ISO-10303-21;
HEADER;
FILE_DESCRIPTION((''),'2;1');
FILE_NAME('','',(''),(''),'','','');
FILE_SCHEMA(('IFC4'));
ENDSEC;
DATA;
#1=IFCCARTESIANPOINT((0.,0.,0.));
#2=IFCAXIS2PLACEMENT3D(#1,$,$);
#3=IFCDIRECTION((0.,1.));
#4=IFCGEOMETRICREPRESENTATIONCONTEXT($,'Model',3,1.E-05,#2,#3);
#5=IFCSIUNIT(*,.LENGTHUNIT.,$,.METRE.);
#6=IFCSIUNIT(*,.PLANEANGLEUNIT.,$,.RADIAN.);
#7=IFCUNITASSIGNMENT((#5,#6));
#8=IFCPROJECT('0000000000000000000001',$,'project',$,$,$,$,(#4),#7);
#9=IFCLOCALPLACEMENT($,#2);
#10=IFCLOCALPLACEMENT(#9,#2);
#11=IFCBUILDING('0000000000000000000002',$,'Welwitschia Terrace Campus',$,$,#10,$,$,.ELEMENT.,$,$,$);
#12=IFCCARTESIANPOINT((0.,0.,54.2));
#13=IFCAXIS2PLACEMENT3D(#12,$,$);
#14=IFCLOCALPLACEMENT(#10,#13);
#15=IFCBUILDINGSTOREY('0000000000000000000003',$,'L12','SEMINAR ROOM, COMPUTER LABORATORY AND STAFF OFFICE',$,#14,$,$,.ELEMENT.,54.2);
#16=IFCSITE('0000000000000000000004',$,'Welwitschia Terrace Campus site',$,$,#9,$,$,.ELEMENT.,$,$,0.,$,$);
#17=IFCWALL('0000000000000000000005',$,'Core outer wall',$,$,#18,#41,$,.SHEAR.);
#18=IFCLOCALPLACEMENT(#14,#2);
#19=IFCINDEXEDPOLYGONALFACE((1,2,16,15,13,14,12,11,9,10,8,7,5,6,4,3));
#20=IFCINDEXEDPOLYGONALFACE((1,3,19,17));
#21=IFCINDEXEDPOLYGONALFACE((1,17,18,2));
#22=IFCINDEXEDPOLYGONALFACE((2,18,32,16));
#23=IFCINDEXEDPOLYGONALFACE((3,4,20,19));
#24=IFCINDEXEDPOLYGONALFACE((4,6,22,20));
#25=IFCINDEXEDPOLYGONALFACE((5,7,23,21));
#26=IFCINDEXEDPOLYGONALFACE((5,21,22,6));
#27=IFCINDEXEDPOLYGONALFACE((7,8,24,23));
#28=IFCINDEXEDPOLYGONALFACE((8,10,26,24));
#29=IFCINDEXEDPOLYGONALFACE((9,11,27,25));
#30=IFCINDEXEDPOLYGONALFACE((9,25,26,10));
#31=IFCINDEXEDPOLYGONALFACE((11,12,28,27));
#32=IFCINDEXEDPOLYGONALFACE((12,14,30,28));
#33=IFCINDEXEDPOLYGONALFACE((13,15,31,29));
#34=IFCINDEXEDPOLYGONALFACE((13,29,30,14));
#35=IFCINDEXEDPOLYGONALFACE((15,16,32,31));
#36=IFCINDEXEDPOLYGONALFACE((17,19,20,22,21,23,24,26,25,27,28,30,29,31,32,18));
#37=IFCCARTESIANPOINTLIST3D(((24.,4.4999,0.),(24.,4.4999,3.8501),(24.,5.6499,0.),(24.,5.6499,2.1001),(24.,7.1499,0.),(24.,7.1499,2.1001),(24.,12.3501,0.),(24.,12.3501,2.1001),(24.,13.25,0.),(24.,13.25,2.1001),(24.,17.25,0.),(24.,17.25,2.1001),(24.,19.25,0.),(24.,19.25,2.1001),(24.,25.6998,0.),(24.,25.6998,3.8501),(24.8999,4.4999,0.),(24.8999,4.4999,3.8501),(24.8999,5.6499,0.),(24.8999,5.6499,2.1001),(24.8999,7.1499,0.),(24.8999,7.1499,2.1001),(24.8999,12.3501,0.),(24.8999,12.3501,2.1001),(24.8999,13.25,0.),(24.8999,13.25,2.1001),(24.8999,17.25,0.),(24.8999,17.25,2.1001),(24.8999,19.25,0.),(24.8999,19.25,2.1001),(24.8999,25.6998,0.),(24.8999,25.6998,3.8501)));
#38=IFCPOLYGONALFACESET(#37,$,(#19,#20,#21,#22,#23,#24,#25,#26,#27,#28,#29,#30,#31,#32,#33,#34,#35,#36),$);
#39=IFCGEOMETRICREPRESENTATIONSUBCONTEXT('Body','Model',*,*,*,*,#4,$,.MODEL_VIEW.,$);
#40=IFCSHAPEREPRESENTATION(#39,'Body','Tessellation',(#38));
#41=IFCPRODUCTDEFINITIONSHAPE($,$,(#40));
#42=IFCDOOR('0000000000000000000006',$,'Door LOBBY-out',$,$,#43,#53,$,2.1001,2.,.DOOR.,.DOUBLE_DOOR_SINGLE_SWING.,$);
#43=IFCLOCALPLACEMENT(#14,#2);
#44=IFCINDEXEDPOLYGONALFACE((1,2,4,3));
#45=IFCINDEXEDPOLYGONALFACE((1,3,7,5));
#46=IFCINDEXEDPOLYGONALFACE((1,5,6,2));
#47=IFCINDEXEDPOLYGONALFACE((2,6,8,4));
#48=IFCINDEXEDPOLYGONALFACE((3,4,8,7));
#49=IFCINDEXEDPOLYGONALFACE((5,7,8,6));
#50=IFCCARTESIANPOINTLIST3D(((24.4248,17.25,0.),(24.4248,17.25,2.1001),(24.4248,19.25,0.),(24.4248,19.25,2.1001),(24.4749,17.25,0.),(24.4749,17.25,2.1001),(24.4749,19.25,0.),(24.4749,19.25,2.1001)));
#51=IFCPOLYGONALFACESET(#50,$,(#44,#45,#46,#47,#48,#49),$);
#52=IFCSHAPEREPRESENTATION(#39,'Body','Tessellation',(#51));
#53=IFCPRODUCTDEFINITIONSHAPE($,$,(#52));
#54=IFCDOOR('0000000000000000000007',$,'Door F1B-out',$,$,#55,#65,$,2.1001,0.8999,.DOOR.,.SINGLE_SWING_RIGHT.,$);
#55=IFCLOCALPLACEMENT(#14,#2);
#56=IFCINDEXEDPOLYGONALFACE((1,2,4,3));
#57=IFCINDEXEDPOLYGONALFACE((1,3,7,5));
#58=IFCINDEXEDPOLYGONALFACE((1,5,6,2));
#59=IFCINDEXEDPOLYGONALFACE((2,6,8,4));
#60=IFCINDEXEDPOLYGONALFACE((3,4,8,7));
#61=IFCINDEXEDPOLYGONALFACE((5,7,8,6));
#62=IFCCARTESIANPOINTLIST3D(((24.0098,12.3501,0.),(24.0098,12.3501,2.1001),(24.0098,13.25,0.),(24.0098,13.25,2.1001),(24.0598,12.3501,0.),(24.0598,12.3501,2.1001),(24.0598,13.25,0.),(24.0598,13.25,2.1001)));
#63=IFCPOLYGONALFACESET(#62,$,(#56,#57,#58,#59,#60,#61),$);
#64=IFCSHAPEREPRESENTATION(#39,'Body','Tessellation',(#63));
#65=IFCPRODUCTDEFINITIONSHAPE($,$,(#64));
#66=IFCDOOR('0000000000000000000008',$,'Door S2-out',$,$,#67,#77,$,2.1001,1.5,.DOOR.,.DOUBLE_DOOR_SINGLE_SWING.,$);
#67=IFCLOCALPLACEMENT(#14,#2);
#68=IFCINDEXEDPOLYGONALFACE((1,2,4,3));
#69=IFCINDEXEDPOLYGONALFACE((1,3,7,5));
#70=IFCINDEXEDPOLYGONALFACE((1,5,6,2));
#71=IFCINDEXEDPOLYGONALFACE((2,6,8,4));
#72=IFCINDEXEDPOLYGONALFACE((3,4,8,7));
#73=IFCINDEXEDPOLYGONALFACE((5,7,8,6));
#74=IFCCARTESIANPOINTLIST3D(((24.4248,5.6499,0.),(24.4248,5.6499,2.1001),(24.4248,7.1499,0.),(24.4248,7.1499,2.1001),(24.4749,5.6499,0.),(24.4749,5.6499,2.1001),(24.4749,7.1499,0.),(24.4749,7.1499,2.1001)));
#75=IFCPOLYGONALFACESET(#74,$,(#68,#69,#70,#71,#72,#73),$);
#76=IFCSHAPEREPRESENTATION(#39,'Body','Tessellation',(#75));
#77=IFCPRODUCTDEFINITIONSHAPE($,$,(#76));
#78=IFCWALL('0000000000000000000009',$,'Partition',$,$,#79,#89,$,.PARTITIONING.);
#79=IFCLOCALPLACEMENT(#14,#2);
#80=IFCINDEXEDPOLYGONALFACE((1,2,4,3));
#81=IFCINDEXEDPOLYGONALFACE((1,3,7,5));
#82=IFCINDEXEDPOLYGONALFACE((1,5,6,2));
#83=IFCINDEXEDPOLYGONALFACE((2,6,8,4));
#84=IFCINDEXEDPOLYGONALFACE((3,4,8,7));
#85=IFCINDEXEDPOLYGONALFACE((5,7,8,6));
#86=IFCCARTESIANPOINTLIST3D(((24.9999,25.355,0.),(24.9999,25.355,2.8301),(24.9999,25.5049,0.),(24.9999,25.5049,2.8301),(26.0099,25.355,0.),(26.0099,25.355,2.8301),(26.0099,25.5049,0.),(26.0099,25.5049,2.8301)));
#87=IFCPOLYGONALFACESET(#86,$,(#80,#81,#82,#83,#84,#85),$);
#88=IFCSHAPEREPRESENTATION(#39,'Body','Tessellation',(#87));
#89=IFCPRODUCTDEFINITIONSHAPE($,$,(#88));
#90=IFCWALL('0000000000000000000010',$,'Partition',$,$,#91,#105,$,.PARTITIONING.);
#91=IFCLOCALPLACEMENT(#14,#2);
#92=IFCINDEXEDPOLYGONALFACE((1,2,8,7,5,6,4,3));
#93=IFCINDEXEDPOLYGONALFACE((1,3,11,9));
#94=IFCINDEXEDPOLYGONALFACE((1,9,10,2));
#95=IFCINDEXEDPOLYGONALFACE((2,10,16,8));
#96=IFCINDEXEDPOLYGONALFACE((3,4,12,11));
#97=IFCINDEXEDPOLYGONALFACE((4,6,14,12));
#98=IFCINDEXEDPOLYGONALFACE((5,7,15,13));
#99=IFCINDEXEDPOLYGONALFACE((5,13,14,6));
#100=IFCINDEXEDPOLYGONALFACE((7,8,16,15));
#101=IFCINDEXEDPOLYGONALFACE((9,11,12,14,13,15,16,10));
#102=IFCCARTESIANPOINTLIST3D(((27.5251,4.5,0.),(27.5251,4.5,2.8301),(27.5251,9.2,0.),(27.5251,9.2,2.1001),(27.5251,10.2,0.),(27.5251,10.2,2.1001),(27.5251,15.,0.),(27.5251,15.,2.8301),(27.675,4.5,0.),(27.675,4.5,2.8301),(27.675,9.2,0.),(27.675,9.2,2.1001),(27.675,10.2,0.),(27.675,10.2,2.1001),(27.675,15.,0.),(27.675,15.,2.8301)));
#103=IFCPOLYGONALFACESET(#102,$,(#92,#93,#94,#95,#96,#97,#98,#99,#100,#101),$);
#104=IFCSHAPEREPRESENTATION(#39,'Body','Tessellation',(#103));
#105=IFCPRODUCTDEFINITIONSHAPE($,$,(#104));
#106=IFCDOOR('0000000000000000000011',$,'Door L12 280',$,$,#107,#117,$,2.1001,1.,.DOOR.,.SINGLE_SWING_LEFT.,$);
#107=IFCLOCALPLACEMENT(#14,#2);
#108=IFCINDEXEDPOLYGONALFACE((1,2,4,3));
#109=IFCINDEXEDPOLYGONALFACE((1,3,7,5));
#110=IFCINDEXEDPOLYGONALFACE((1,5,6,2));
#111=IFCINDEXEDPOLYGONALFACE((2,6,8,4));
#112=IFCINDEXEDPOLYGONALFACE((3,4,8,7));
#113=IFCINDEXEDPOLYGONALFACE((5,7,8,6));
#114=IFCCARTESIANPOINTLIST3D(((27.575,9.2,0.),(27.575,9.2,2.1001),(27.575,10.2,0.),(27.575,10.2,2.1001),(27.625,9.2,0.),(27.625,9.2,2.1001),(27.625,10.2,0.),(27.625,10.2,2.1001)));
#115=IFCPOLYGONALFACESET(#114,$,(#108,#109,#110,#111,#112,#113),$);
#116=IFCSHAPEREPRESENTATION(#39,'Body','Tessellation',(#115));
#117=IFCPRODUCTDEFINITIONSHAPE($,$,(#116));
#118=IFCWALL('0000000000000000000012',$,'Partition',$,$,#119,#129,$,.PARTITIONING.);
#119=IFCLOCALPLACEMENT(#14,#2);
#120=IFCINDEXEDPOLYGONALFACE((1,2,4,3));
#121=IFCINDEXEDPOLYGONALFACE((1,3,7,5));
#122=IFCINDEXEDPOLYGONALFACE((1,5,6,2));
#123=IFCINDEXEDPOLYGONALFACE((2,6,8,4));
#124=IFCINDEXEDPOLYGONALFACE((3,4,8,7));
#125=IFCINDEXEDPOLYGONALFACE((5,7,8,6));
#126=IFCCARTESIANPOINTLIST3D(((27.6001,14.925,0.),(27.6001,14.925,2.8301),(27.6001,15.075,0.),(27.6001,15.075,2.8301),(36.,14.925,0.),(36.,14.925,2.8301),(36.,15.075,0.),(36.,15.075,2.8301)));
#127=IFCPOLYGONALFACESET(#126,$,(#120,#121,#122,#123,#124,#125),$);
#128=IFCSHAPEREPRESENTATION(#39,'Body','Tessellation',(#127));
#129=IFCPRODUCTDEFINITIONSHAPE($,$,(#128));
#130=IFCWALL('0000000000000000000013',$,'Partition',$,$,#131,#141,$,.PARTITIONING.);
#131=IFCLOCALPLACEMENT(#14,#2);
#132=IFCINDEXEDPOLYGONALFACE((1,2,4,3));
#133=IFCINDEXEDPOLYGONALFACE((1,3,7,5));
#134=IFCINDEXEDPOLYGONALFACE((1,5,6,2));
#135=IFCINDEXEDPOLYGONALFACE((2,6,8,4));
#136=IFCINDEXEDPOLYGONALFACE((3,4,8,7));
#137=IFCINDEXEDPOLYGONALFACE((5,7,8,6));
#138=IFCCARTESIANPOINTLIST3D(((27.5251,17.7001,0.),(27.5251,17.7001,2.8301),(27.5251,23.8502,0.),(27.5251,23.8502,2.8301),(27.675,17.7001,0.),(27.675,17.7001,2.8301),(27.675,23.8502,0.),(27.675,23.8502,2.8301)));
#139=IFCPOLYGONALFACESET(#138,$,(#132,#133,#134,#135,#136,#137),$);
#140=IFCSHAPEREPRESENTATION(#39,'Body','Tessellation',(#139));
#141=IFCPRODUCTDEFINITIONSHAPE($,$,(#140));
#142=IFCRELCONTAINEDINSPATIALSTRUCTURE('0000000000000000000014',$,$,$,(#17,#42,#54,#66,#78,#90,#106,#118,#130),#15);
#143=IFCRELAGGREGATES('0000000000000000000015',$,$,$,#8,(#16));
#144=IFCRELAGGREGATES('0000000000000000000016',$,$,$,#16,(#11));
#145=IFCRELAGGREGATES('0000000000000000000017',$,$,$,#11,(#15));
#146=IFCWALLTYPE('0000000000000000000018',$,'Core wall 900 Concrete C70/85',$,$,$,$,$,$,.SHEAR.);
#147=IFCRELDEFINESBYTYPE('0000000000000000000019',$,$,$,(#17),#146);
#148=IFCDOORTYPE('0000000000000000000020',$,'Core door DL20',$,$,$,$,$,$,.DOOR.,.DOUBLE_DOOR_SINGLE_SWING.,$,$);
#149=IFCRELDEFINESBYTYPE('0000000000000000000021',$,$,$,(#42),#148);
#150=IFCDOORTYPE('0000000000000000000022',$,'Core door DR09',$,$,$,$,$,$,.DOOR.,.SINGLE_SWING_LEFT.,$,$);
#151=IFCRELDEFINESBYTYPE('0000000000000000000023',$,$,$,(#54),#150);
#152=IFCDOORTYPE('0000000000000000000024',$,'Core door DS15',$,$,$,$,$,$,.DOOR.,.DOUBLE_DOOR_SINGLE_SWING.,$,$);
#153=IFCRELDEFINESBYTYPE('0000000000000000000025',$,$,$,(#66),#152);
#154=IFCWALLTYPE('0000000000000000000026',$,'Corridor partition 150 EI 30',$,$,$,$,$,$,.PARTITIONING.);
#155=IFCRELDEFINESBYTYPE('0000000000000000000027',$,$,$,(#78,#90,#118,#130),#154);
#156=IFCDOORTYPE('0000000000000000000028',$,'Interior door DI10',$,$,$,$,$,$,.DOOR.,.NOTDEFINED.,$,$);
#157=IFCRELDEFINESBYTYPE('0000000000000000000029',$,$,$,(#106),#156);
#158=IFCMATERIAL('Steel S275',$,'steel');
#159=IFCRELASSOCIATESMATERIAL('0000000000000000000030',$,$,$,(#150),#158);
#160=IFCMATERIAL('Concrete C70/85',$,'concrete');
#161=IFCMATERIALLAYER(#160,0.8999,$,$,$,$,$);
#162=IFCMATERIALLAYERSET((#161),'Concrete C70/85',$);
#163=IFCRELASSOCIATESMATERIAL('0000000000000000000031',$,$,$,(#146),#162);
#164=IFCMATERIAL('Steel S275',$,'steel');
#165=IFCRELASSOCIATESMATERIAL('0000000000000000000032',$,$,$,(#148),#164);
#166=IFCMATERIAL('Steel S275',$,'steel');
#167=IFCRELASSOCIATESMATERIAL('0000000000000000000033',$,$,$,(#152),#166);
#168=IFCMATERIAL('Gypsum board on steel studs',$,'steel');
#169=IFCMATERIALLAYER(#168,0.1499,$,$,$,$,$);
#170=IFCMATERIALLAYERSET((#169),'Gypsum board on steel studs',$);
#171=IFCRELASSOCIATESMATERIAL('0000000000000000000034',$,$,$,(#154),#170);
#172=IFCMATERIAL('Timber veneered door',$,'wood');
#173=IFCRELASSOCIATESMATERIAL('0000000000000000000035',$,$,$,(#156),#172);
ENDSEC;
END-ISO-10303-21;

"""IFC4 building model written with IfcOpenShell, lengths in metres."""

from ifc_helpers import new_model, si_unit, direction, frame, frame_2d, origin, place, context, subcontext, project, spatial, rectangle, extrude, material, layer, layer_set, type_object, element, fill, save


model = new_model("IFC4")

# Units and contexts
model_context = context("Model", 3, precision=1e-05, world=origin(), true_north=direction((0.0, 1.0)))
body_context = subcontext(model_context, "Body", "Model", "MODEL_VIEW")
ifc_project = project(units=[si_unit("LENGTHUNIT", "METRE"), si_unit("PLANEANGLEUNIT", "RADIAN")], contexts=[model_context])

# Site, building, storey
site_placement = place(None, origin())
site = spatial("IfcSite", under=ifc_project, at=site_placement, Name="Welwitschia Terrace Campus site", CompositionType="ELEMENT", RefElevation=0.0)
building_placement = place(site_placement, origin())
building = spatial("IfcBuilding", under=site, at=building_placement, Name="Welwitschia Terrace Campus", CompositionType="ELEMENT")
storey_placement = place(building_placement, frame((0.0, 0.0, 54.2)))
storey = spatial("IfcBuildingStorey", under=building, at=storey_placement, Name="L12", Description="SEMINAR ROOM, COMPUTER LABORATORY AND STAFF OFFICE", CompositionType="ELEMENT", Elevation=54.2)

# Shared definitions
ifc_material_1 = material(Name="Steel S275", Category="steel")
door_type_1 = type_object("IfcDoorType", Name="Core door DR09", OperationType="SINGLE_SWING_LEFT", PredefinedType="DOOR", material=ifc_material_1)

# Wall, openings, doors
ifc_material_2 = material(Name="Concrete C70/85", Category="concrete")
ifc_layer_1 = layer(ifc_material_2, 0.8999)
ifc_layer_set_1 = layer_set([ifc_layer_1], Name="Concrete C70/85")
wall_type_1 = type_object("IfcWallType", Name="Core wall 900 Concrete C70/85", PredefinedType="SHEAR", material=ifc_layer_set_1)
wall_1_placement = place(storey_placement, frame((24.45, 25.7, 0.0), z_axis=(0.0, 0.0, 1.0), x_axis=(0.0, -1.0, 0.0)))
wall_1 = element("IfcWall", 1, at=wall_1_placement, inside=storey, type_object=wall_type_1, Name="Core outer wall", PredefinedType="SHEAR", context=body_context, shape_type="SweptSolid", body=[
    extrude(rectangle(XDim=21.2, YDim=0.8999, at=frame_2d((10.6001, 0.0))), origin(), (0.0, 0.0, 1.0), 3.8501),
])
opening_1_placement = place(wall_1_placement, frame((18.55, 0.0, 0.0)))
opening_1 = element("IfcOpeningElement", 2, at=opening_1_placement, cuts=wall_1, PredefinedType="OPENING", context=body_context, shape_type="SweptSolid", body=[
    extrude(rectangle(XDim=1.5, YDim=2.1001, at=frame_2d((0.75, 1.05))), frame((0.0, 0.46, 0.0), z_axis=(0.0, -1.0, 0.0), x_axis=(1.0, 0.0, 0.0)), (0.0, 0.0, 1.0), 0.9199),
])
opening_2_placement = place(wall_1_placement, frame((12.45, 0.0, 0.0)))
opening_2 = element("IfcOpeningElement", 3, at=opening_2_placement, cuts=wall_1, PredefinedType="OPENING", context=body_context, shape_type="SweptSolid", body=[
    extrude(rectangle(XDim=0.8999, YDim=2.1001, at=frame_2d((0.45, 1.05))), frame((0.0, 0.46, 0.0), z_axis=(0.0, -1.0, 0.0), x_axis=(1.0, 0.0, 0.0)), (0.0, 0.0, 1.0), 0.9199),
])
opening_3_placement = place(wall_1_placement, frame((6.45, 0.0, 0.0)))
opening_3 = element("IfcOpeningElement", 4, at=opening_3_placement, cuts=wall_1, PredefinedType="OPENING", context=body_context, shape_type="SweptSolid", body=[
    extrude(rectangle(XDim=2.0, YDim=2.1001, at=frame_2d((1.0, 1.05))), frame((0.0, 0.46, 0.0), z_axis=(0.0, -1.0, 0.0), x_axis=(1.0, 0.0, 0.0)), (0.0, 0.0, 1.0), 0.9199),
])
ifc_material_3 = material(Name="Steel S275", Category="steel")
door_type_2 = type_object("IfcDoorType", Name="Core door DL20", OperationType="DOUBLE_DOOR_SINGLE_SWING", PredefinedType="DOOR", material=ifc_material_3)
door_1_placement = place(opening_3_placement, origin())
door_1 = element("IfcDoor", 5, at=door_1_placement, inside=storey, type_object=door_type_2, Name="Door LOBBY-out", OperationType="DOUBLE_DOOR_SINGLE_SWING", OverallHeight=2.1001, OverallWidth=2.0, PredefinedType="DOOR", context=body_context, shape_type="SweptSolid", body=[
    extrude(rectangle(XDim=2.0, YDim=2.1001, at=frame_2d((1.0, 1.05))), frame((0.0, 0.0249, 0.0), z_axis=(0.0, -1.0, 0.0), x_axis=(1.0, 0.0, 0.0)), (0.0, 0.0, 1.0), 0.05),
])
fill(opening_3, door_1)
door_2_placement = place(opening_2_placement, origin())
door_2 = element("IfcDoor", 6, at=door_2_placement, inside=storey, type_object=door_type_1, Name="Door F1B-out", OperationType="SINGLE_SWING_RIGHT", OverallHeight=2.1001, OverallWidth=0.8999, PredefinedType="DOOR", context=body_context, shape_type="SweptSolid", body=[
    extrude(rectangle(XDim=0.8999, YDim=2.1001, at=frame_2d((0.45, 1.05))), frame((0.0, -0.3901, 0.0), z_axis=(0.0, -1.0, 0.0), x_axis=(1.0, 0.0, 0.0)), (0.0, 0.0, 1.0), 0.05),
])
fill(opening_2, door_2)
ifc_material_4 = material(Name="Steel S275", Category="steel")
door_type_3 = type_object("IfcDoorType", Name="Core door DS15", OperationType="DOUBLE_DOOR_SINGLE_SWING", PredefinedType="DOOR", material=ifc_material_4)
door_3_placement = place(opening_1_placement, origin())
door_3 = element("IfcDoor", 7, at=door_3_placement, inside=storey, type_object=door_type_3, Name="Door S2-out", OperationType="DOUBLE_DOOR_SINGLE_SWING", OverallHeight=2.1001, OverallWidth=1.5, PredefinedType="DOOR", context=body_context, shape_type="SweptSolid", body=[
    extrude(rectangle(XDim=1.5, YDim=2.1001, at=frame_2d((0.75, 1.05))), frame((0.0, 0.0249, 0.0), z_axis=(0.0, -1.0, 0.0), x_axis=(1.0, 0.0, 0.0)), (0.0, 0.0, 1.0), 0.05),
])
fill(opening_1, door_3)

# Wall
ifc_material_5 = material(Name="Gypsum board on steel studs", Category="steel")
ifc_layer_2 = layer(ifc_material_5, 0.1499)
ifc_layer_set_2 = layer_set([ifc_layer_2], Name="Gypsum board on steel studs")
wall_type_2 = type_object("IfcWallType", Name="Corridor partition 150 EI 30", PredefinedType="PARTITIONING", material=ifc_layer_set_2)
wall_2_placement = place(storey_placement, frame((25.0, 25.4299, 0.0), z_axis=(0.0, 0.0, 1.0), x_axis=(1.0, 0.0, 0.0)))
element("IfcWall", 8, at=wall_2_placement, inside=storey, type_object=wall_type_2, Name="Partition", PredefinedType="PARTITIONING", context=body_context, shape_type="SweptSolid", body=[
    extrude(rectangle(XDim=1.01, YDim=0.1499, at=frame_2d((0.5049, 0.0))), origin(), (0.0, 0.0, 1.0), 2.8301),
])

# Wall, opening, door
wall_3_placement = place(storey_placement, frame((27.6001, 15.0, 0.0), z_axis=(0.0, 0.0, 1.0), x_axis=(0.0, -1.0, 0.0)))
wall_3 = element("IfcWall", 9, at=wall_3_placement, inside=storey, type_object=wall_type_2, Name="Partition", PredefinedType="PARTITIONING", context=body_context, shape_type="SweptSolid", body=[
    extrude(rectangle(XDim=10.5, YDim=0.1499, at=frame_2d((5.25, 0.0))), origin(), (0.0, 0.0, 1.0), 2.8301),
])
opening_4_placement = place(wall_3_placement, frame((4.8, 0.0, 0.0)))
opening_4 = element("IfcOpeningElement", 10, at=opening_4_placement, cuts=wall_3, PredefinedType="OPENING", context=body_context, shape_type="SweptSolid", body=[
    extrude(rectangle(XDim=1.0, YDim=2.1001, at=frame_2d((0.5, 1.05))), frame((0.0, 0.085, 0.0), z_axis=(0.0, -1.0, 0.0), x_axis=(1.0, 0.0, 0.0)), (0.0, 0.0, 1.0), 0.1699),
])
ifc_material_6 = material(Name="Timber veneered door", Category="wood")
door_type_4 = type_object("IfcDoorType", Name="Interior door DI10", OperationType="NOTDEFINED", PredefinedType="DOOR", material=ifc_material_6)
door_4_placement = place(opening_4_placement, origin())
door_4 = element("IfcDoor", 11, at=door_4_placement, inside=storey, type_object=door_type_4, Name="Door L12 280", OperationType="SINGLE_SWING_LEFT", OverallHeight=2.1001, OverallWidth=1.0, PredefinedType="DOOR", context=body_context, shape_type="SweptSolid", body=[
    extrude(rectangle(XDim=1.0, YDim=2.1001, at=frame_2d((0.5, 1.05))), frame((0.0, 0.0249, 0.0), z_axis=(0.0, -1.0, 0.0), x_axis=(1.0, 0.0, 0.0)), (0.0, 0.0, 1.0), 0.05),
])
fill(opening_4, door_4)

# Walls
wall_4_placement = place(storey_placement, frame((27.6001, 15.0, 0.0), z_axis=(0.0, 0.0, 1.0), x_axis=(1.0, 0.0, 0.0)))
element("IfcWall", 12, at=wall_4_placement, inside=storey, type_object=wall_type_2, Name="Partition", PredefinedType="PARTITIONING", context=body_context, shape_type="SweptSolid", body=[
    extrude(rectangle(XDim=8.3999, YDim=0.1499, at=frame_2d((4.2, 0.0))), origin(), (0.0, 0.0, 1.0), 2.8301),
])
wall_5_placement = place(storey_placement, frame((27.6001, 17.7, 0.0), z_axis=(0.0, 0.0, 1.0), x_axis=(0.0, 1.0, 0.0)))
element("IfcWall", 13, at=wall_5_placement, inside=storey, type_object=wall_type_2, Name="Partition", PredefinedType="PARTITIONING", context=body_context, shape_type="SweptSolid", body=[
    extrude(rectangle(XDim=6.1501, YDim=0.1499, at=frame_2d((3.0752, 0.0))), origin(), (0.0, 0.0, 1.0), 2.8301),
])

save(model, "model.ifc")
